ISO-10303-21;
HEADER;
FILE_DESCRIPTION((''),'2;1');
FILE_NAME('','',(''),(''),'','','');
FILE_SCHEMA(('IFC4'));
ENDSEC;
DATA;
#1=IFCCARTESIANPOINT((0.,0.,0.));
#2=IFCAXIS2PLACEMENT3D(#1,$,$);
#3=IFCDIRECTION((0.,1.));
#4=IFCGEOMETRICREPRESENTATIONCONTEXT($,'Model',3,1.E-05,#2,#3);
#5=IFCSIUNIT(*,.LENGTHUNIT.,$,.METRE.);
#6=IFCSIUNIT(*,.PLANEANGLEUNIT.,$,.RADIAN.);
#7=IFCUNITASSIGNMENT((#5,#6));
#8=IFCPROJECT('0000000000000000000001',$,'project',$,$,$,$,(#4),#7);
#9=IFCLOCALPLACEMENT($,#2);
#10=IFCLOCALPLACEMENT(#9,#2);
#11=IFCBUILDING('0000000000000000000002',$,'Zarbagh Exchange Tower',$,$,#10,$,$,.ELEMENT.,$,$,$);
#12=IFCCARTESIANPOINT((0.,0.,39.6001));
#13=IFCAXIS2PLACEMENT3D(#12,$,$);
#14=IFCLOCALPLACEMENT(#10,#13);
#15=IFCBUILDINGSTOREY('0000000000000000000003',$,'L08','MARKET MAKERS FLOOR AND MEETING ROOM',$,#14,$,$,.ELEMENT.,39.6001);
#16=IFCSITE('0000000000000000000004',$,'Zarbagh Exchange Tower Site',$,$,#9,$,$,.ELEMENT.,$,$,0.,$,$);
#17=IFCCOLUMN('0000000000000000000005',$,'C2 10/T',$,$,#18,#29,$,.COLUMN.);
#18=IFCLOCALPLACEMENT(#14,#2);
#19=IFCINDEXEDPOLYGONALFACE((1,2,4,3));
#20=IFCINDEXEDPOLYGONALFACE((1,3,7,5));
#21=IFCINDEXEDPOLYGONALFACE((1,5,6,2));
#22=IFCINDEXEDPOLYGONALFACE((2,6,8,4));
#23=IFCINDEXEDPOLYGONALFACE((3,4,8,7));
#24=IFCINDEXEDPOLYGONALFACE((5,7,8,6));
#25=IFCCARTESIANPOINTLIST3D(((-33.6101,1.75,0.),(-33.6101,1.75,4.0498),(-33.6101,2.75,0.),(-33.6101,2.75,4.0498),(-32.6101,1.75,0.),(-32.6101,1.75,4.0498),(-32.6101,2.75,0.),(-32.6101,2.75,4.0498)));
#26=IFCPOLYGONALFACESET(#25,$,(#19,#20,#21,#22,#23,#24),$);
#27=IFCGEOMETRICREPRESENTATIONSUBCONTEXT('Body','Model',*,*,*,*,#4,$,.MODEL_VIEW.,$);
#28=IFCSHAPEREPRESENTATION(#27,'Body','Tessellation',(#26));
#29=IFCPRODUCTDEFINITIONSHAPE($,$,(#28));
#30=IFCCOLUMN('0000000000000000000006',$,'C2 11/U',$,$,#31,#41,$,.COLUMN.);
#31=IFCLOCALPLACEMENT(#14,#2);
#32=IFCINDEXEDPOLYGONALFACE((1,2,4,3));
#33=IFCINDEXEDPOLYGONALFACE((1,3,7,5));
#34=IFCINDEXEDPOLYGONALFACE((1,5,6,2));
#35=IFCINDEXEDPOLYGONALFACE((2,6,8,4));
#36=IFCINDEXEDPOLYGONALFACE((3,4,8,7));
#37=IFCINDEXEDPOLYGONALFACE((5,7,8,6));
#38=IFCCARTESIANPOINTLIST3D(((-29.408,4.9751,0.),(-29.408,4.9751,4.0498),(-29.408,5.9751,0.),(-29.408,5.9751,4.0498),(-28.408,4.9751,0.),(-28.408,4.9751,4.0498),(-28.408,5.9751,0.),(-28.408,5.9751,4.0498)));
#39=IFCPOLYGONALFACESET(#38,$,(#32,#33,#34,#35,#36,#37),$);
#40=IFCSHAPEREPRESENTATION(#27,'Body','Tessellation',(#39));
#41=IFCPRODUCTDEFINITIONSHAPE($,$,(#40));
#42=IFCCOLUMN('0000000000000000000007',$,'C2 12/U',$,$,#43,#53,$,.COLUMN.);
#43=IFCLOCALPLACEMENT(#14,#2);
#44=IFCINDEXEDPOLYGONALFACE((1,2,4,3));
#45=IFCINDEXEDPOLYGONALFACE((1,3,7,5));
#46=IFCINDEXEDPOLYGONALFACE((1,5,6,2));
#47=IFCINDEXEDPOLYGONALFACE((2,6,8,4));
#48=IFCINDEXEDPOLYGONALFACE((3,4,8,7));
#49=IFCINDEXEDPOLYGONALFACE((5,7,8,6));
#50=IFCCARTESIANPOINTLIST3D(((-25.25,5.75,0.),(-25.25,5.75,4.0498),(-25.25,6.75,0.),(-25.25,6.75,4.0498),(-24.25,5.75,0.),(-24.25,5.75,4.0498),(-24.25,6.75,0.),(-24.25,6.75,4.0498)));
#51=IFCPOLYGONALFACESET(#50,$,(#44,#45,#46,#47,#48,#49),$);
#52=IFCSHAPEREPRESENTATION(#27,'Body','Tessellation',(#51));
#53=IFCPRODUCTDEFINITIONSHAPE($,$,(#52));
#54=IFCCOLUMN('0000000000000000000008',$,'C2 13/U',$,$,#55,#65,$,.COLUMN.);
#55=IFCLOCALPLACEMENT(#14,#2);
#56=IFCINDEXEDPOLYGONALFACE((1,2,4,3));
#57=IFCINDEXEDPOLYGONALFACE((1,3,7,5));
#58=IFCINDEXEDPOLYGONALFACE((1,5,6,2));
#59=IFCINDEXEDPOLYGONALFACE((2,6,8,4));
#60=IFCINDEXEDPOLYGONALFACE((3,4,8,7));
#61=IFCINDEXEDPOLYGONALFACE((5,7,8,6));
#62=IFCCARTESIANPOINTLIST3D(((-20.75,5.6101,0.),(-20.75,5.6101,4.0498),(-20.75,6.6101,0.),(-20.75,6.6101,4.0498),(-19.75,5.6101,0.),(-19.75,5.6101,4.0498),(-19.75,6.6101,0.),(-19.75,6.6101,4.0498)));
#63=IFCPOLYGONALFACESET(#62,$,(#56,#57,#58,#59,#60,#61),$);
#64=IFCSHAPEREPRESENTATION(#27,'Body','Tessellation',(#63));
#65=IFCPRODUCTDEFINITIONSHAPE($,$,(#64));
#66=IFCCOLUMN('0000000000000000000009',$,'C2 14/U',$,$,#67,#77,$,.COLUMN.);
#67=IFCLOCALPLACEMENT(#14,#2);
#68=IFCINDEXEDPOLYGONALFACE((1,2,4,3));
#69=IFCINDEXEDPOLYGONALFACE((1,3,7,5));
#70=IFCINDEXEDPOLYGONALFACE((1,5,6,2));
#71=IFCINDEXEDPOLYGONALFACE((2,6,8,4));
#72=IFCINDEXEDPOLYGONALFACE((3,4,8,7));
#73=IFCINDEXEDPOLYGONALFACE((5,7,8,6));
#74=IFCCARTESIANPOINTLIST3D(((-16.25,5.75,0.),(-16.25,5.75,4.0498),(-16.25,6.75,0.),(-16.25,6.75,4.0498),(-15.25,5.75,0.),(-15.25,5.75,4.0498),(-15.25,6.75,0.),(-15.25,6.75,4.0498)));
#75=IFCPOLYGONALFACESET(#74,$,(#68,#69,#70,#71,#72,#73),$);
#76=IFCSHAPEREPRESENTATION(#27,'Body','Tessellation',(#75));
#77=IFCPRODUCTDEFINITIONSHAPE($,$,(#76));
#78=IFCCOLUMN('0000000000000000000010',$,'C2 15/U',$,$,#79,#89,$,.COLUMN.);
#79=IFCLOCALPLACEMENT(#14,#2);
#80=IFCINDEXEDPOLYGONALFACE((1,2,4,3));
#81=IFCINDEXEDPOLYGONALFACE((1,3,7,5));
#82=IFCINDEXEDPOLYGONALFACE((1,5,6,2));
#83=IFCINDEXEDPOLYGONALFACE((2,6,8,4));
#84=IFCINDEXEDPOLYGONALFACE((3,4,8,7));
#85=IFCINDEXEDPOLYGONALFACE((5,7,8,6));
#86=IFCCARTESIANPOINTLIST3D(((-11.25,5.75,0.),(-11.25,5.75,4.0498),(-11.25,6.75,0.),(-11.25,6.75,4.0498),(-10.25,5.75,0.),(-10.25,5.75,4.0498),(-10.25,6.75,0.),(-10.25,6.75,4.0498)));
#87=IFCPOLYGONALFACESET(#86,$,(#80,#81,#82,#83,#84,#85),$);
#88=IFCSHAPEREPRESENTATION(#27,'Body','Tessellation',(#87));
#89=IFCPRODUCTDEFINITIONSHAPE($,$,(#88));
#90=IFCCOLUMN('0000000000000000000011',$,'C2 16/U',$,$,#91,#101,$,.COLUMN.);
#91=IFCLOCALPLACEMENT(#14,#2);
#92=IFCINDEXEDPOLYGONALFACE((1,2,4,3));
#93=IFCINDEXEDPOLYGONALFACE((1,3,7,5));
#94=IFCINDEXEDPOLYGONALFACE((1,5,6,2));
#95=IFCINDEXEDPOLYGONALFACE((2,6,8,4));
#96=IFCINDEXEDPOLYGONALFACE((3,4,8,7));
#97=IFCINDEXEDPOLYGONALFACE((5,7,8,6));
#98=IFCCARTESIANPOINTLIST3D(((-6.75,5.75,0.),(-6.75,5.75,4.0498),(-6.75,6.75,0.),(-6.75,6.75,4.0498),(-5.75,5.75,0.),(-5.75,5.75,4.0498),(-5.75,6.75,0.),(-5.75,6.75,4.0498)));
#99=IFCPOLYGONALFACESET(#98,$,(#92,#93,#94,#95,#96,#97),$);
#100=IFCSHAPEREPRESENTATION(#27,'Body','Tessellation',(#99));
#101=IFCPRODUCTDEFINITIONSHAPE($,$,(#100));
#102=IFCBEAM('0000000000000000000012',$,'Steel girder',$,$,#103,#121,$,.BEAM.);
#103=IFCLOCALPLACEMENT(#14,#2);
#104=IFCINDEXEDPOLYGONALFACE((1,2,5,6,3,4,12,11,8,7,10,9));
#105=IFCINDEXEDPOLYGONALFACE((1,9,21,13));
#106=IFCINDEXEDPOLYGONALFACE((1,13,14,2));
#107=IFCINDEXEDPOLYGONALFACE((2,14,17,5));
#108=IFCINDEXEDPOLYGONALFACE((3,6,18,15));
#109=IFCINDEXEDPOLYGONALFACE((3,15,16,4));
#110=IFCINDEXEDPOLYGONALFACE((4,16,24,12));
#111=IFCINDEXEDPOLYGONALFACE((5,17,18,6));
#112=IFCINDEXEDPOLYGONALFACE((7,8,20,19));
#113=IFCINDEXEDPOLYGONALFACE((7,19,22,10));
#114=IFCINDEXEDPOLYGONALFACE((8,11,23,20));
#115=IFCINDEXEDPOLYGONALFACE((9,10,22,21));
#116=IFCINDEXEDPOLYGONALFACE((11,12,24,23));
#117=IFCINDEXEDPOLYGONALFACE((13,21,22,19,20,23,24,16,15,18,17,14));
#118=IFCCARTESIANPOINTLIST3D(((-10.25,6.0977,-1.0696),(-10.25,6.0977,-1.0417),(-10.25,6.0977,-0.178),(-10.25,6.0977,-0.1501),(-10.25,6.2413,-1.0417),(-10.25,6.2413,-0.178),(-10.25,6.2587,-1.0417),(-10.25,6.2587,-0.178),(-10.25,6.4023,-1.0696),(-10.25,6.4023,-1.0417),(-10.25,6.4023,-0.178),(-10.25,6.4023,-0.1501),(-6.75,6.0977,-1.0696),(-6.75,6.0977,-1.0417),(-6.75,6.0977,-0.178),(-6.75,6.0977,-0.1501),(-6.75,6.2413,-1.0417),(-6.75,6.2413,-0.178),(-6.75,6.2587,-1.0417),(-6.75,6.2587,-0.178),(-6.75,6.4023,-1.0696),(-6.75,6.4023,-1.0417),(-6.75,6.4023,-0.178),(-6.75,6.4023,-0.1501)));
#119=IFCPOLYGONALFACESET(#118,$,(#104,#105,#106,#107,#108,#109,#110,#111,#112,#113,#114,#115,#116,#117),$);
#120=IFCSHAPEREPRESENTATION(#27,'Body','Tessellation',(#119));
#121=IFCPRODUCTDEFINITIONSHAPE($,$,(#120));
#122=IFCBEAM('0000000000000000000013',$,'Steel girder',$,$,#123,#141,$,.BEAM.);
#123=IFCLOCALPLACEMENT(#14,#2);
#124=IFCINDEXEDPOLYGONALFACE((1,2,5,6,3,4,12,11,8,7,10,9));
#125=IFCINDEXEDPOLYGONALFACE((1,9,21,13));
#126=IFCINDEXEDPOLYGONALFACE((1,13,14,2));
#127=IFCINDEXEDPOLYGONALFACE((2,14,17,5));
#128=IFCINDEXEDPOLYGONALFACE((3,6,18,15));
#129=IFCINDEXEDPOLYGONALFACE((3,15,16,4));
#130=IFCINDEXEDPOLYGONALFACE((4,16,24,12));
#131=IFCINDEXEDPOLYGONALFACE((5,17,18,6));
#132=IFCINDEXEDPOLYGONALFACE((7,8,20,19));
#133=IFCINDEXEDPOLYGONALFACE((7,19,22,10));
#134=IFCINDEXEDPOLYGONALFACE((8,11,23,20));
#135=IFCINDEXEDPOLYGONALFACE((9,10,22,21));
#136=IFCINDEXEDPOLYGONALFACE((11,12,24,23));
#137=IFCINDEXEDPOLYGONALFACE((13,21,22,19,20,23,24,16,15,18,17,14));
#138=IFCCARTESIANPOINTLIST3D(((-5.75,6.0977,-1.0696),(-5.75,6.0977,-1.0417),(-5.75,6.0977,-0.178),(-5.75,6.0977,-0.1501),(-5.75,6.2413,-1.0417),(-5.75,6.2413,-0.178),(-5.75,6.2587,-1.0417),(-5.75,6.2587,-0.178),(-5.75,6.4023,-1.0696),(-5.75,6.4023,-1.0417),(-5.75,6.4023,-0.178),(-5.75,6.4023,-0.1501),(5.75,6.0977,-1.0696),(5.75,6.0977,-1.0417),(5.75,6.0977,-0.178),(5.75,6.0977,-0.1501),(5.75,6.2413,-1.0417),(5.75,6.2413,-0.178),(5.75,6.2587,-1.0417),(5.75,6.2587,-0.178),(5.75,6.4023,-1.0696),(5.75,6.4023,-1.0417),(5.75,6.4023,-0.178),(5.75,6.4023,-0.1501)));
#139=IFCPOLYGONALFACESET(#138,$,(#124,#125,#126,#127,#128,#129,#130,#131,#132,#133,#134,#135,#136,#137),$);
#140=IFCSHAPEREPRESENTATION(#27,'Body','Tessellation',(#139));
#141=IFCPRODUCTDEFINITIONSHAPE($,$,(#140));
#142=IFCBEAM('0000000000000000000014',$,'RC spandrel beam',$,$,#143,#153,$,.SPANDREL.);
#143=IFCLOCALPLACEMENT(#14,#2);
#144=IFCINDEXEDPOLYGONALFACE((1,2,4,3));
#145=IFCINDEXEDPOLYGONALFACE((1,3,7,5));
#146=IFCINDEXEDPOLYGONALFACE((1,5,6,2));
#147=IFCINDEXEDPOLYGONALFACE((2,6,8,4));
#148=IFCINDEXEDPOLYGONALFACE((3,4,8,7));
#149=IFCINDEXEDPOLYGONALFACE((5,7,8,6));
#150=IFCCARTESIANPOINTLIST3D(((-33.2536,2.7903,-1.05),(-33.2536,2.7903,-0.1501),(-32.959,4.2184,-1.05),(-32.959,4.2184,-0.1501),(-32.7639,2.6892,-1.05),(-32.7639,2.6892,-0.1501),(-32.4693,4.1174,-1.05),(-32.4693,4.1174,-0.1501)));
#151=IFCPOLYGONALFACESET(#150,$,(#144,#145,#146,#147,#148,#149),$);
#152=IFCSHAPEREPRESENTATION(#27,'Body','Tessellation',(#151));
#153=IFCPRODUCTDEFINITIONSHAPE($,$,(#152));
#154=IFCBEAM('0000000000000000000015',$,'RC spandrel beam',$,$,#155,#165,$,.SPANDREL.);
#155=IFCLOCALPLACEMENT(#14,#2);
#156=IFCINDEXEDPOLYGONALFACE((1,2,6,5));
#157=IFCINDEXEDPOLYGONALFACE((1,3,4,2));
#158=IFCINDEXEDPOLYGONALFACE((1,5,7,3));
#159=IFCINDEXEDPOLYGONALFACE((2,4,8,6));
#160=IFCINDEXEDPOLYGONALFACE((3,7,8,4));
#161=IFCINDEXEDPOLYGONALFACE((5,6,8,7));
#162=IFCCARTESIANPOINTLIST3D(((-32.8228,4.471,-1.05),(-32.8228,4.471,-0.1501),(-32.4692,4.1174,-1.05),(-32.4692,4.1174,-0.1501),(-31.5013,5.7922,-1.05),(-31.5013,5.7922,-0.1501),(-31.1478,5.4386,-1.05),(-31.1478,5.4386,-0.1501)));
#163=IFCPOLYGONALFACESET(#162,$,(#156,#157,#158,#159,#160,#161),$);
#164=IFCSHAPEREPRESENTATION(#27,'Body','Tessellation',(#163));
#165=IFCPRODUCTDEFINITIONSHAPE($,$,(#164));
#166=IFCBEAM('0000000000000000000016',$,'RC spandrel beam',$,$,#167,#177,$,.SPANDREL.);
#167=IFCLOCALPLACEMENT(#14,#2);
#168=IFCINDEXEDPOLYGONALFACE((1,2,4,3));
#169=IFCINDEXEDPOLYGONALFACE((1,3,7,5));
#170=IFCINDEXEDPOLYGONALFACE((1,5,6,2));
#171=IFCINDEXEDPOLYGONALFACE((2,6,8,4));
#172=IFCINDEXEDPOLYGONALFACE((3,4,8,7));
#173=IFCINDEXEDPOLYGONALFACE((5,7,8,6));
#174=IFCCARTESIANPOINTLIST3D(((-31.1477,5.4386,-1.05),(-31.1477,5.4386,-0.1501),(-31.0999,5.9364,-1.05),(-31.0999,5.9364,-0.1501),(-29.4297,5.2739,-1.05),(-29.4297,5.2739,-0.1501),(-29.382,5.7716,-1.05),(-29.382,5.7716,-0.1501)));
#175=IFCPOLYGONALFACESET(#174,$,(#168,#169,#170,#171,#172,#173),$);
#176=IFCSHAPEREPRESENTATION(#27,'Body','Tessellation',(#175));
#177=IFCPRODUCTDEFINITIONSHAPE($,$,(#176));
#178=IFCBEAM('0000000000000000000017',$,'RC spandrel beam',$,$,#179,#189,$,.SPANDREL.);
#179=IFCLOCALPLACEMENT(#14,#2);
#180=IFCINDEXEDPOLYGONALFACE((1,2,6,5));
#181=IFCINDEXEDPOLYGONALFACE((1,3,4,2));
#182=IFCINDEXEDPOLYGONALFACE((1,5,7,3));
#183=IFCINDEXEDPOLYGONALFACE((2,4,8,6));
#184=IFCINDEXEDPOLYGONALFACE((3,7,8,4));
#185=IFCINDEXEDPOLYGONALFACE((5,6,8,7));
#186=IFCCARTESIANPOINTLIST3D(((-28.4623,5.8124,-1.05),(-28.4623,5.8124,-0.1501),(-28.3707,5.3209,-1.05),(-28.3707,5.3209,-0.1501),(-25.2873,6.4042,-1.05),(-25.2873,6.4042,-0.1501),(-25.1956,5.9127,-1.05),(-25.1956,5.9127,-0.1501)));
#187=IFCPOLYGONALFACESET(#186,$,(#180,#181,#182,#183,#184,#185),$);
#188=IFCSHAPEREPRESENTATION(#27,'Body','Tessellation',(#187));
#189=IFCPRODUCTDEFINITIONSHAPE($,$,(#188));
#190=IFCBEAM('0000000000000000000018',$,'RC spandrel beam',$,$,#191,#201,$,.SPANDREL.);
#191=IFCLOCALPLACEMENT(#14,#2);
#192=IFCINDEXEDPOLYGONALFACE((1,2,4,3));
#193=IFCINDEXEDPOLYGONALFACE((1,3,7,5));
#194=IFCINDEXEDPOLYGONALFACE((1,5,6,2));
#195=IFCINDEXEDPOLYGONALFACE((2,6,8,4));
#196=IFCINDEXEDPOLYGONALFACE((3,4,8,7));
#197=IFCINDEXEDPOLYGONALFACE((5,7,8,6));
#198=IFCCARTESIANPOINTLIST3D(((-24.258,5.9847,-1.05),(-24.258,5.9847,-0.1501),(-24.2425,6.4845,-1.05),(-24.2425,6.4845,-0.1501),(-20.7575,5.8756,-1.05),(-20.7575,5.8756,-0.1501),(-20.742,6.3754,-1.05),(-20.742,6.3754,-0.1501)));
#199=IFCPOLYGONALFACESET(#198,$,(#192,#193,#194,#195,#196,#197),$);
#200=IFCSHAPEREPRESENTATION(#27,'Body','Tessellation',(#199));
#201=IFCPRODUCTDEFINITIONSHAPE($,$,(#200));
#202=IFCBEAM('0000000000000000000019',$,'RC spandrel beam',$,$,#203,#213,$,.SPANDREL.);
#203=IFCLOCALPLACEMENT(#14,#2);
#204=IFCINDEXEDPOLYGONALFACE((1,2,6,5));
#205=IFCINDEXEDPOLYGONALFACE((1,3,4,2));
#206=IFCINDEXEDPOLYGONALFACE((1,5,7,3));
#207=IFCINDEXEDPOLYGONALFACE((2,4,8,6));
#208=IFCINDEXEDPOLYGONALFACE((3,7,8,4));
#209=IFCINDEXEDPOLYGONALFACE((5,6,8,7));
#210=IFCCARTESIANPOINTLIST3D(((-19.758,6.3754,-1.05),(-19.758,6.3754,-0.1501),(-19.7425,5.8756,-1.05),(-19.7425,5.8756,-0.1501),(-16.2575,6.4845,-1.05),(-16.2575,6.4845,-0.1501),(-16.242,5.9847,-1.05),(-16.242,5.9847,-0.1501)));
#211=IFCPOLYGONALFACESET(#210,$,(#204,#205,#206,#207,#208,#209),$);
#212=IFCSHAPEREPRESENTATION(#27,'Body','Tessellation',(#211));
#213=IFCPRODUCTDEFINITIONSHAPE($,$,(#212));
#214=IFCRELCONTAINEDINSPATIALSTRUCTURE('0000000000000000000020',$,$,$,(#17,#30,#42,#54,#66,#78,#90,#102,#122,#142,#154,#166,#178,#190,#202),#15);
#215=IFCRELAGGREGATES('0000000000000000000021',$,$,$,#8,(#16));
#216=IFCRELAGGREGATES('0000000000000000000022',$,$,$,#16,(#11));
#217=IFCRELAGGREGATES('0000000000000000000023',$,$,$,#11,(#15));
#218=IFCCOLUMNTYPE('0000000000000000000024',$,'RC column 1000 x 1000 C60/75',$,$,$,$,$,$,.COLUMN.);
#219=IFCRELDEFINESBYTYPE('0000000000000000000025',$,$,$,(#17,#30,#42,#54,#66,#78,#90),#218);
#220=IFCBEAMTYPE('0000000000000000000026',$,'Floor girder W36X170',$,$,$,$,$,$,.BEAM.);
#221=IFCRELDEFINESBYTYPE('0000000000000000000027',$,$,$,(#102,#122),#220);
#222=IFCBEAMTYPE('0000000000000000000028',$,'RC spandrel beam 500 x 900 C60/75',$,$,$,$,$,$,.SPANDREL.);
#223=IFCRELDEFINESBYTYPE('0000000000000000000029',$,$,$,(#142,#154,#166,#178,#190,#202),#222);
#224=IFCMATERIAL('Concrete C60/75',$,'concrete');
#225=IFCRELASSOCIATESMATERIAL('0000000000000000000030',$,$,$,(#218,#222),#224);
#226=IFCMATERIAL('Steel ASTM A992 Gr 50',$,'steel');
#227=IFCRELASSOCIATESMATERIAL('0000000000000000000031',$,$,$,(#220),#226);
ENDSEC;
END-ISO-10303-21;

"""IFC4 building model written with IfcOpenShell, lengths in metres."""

from ifc_helpers import new_model, si_unit, direction, frame, origin, origin_2d, place, context, subcontext, project, spatial, rectangle, i_section, extrude, material, material_profile, profile_set, type_object, element, save


model = new_model("IFC4")

# Units and contexts
model_context = context("Model", 3, precision=1e-05, world=origin(), true_north=direction((0.0, 1.0)))
body_context = subcontext(model_context, "Body", "Model", "MODEL_VIEW")
ifc_project = project(units=[si_unit("LENGTHUNIT", "METRE"), si_unit("PLANEANGLEUNIT", "RADIAN")], contexts=[model_context])

# Site, building, storey
site_placement = place(None, origin())
site = spatial("IfcSite", under=ifc_project, at=site_placement, Name="Zarbagh Exchange Tower Site", CompositionType="ELEMENT", RefElevation=0.0)
building_placement = place(site_placement, origin())
building = spatial("IfcBuilding", under=site, at=building_placement, Name="Zarbagh Exchange Tower", CompositionType="ELEMENT")
storey_placement = place(building_placement, frame((0.0, 0.0, 39.6001)))
storey = spatial("IfcBuildingStorey", under=building, at=storey_placement, Name="L08", Description="MARKET MAKERS FLOOR AND MEETING ROOM", CompositionType="ELEMENT", Elevation=39.6001)

# Columns
ifc_material_1 = material(Name="Concrete C60/75", Category="concrete")
ifc_material_profile_1 = material_profile(ifc_material_1, rectangle(XDim=1.0, YDim=1.0, at=origin_2d()), Name="RC column 1000 x 1000 C60/75")
ifc_profile_set_1 = profile_set([ifc_material_profile_1], Name="Concrete C60/75")
column_type = type_object("IfcColumnType", Name="RC column 1000 x 1000 C60/75", PredefinedType="COLUMN", material=ifc_profile_set_1)
for number, where, z_axis, x_axis, name in (
    (1, (-33.1101, 2.25, 0.0), (0.0, 0.0, 1.0), (1.0, 0.0, 0.0), "C2 10/T"),
    (2, (-28.908, 5.4751, 0.0), (0.0, 0.0, 1.0), (1.0, 0.0, 0.0), "C2 11/U"),
    (3, (-24.75, 6.25, 0.0), (0.0, 0.0, 1.0), (1.0, 0.0, 0.0), "C2 12/U"),
    (4, (-20.25, 6.1101, 0.0), (0.0, 0.0, 1.0), (1.0, 0.0, 0.0), "C2 13/U"),
    (5, (-15.75, 6.25, 0.0), (0.0, 0.0, 1.0), (1.0, 0.0, 0.0), "C2 14/U"),
    (6, (-10.75, 6.25, 0.0), (0.0, 0.0, 1.0), (1.0, 0.0, 0.0), "C2 15/U"),
    (7, (-6.25, 6.25, 0.0), (0.0, 0.0, 1.0), (1.0, 0.0, 0.0), "C2 16/U"),
):
    element("IfcColumn", number, at=place(storey_placement, frame(where, z_axis=z_axis, x_axis=x_axis)), inside=storey, type_object=column_type, Name=name, PredefinedType="COLUMN", context=body_context, shape_type="SweptSolid", body=[
        extrude(rectangle(XDim=1.0, YDim=1.0, at=origin_2d()), origin(), (0.0, 0.0, 1.0), 4.0498),
    ])

# Beams
ifc_material_2 = material(Name="Steel ASTM A992 Gr 50", Category="steel")
ifc_material_profile_2 = material_profile(ifc_material_2, i_section(OverallWidth=0.3047, OverallDepth=0.9194, WebThickness=0.0173, FlangeThickness=0.0278, at=origin_2d()), Name="W36X170")
ifc_profile_set_2 = profile_set([ifc_material_profile_2], Name="Steel ASTM A992 Gr 50")
beam_type_1 = type_object("IfcBeamType", Name="Floor girder W36X170", PredefinedType="BEAM", material=ifc_profile_set_2)
beam_1_placement = place(storey_placement, frame((-10.25, 6.25, -0.6099), z_axis=(1.0, 0.0, 0.0), x_axis=(0.0, 1.0, 0.0)))
element("IfcBeam", 8, at=beam_1_placement, inside=storey, type_object=beam_type_1, Name="Steel girder", PredefinedType="BEAM", context=body_context, shape_type="SweptSolid", body=[
    extrude(i_section(OverallWidth=0.3047, OverallDepth=0.9194, WebThickness=0.0173, FlangeThickness=0.0278, at=origin_2d()), origin(), (0.0, 0.0, 1.0), 3.5),
])
beam_2_placement = place(storey_placement, frame((-5.75, 6.25, -0.6099), z_axis=(1.0, 0.0, 0.0), x_axis=(0.0, 1.0, 0.0)))
element("IfcBeam", 9, at=beam_2_placement, inside=storey, type_object=beam_type_1, Name="Steel girder", PredefinedType="BEAM", context=body_context, shape_type="SweptSolid", body=[
    extrude(i_section(OverallWidth=0.3047, OverallDepth=0.9194, WebThickness=0.0173, FlangeThickness=0.0278, at=origin_2d()), origin(), (0.0, 0.0, 1.0), 11.5),
])
ifc_material_profile_3 = material_profile(ifc_material_1, rectangle(XDim=0.5, YDim=0.8999, at=origin_2d()), Name="RC spandrel beam 500 x 900 C60/75")
ifc_profile_set_3 = profile_set([ifc_material_profile_3], Name="Concrete C60/75")
beam_type_2 = type_object("IfcBeamType", Name="RC spandrel beam 500 x 900 C60/75", PredefinedType="SPANDREL", material=ifc_profile_set_3)
beam_3_placement = place(storey_placement, frame((-33.0088, 2.7397, -0.6001), z_axis=(0.202069, 0.979371, 0.0), x_axis=(-0.979371, 0.202069, 0.0)))
element("IfcBeam", 10, at=beam_3_placement, inside=storey, type_object=beam_type_2, Name="RC spandrel beam", PredefinedType="SPANDREL", context=body_context, shape_type="SweptSolid", body=[
    extrude(rectangle(XDim=0.5, YDim=0.8999, at=origin_2d()), origin(), (0.0, 0.0, 1.0), 1.4583),
])
beam_4_placement = place(storey_placement, frame((-32.646, 4.2942, -0.6001), z_axis=(0.707172, 0.707041, 0.0), x_axis=(-0.707041, 0.707172, 0.0)))
element("IfcBeam", 11, at=beam_4_placement, inside=storey, type_object=beam_type_2, Name="RC spandrel beam", PredefinedType="SPANDREL", context=body_context, shape_type="SweptSolid", body=[
    extrude(rectangle(XDim=0.5, YDim=0.8999, at=origin_2d()), origin(), (0.0, 0.0, 1.0), 1.8687),
])
beam_5_placement = place(storey_placement, frame((-31.1238, 5.6875, -0.6001), z_axis=(0.995431, -0.095483, 0.0), x_axis=(0.095483, 0.995431, 0.0)))
element("IfcBeam", 12, at=beam_5_placement, inside=storey, type_object=beam_type_2, Name="RC spandrel beam", PredefinedType="SPANDREL", context=body_context, shape_type="SweptSolid", body=[
    extrude(rectangle(XDim=0.5, YDim=0.8999, at=origin_2d()), origin(), (0.0, 0.0, 1.0), 1.7258),
])
beam_6_placement = place(storey_placement, frame((-28.4165, 5.5667, -0.6001), z_axis=(0.983069, 0.183234, 0.0), x_axis=(-0.183234, 0.983069, 0.0)))
element("IfcBeam", 13, at=beam_6_placement, inside=storey, type_object=beam_type_2, Name="RC spandrel beam", PredefinedType="SPANDREL", context=body_context, shape_type="SweptSolid", body=[
    extrude(rectangle(XDim=0.5, YDim=0.8999, at=origin_2d()), origin(), (0.0, 0.0, 1.0), 3.2297),
])
for number, where, z_axis, x_axis, name in (
    (14, (-24.2502, 6.2346, -0.6001), (0.999514, -0.031161, 0.0), (0.031161, 0.999514, 0.0), "RC spandrel beam"),
    (15, (-19.7502, 6.1255, -0.6001), (0.999514, 0.031161, 0.0), (-0.031161, 0.999514, 0.0), "RC spandrel beam"),
):
    element("IfcBeam", number, at=place(storey_placement, frame(where, z_axis=z_axis, x_axis=x_axis)), inside=storey, type_object=beam_type_2, Name=name, PredefinedType="SPANDREL", context=body_context, shape_type="SweptSolid", body=[
        extrude(rectangle(XDim=0.5, YDim=0.8999, at=origin_2d()), origin(), (0.0, 0.0, 1.0), 3.5022),
    ])

save(model, "model.ifc")
